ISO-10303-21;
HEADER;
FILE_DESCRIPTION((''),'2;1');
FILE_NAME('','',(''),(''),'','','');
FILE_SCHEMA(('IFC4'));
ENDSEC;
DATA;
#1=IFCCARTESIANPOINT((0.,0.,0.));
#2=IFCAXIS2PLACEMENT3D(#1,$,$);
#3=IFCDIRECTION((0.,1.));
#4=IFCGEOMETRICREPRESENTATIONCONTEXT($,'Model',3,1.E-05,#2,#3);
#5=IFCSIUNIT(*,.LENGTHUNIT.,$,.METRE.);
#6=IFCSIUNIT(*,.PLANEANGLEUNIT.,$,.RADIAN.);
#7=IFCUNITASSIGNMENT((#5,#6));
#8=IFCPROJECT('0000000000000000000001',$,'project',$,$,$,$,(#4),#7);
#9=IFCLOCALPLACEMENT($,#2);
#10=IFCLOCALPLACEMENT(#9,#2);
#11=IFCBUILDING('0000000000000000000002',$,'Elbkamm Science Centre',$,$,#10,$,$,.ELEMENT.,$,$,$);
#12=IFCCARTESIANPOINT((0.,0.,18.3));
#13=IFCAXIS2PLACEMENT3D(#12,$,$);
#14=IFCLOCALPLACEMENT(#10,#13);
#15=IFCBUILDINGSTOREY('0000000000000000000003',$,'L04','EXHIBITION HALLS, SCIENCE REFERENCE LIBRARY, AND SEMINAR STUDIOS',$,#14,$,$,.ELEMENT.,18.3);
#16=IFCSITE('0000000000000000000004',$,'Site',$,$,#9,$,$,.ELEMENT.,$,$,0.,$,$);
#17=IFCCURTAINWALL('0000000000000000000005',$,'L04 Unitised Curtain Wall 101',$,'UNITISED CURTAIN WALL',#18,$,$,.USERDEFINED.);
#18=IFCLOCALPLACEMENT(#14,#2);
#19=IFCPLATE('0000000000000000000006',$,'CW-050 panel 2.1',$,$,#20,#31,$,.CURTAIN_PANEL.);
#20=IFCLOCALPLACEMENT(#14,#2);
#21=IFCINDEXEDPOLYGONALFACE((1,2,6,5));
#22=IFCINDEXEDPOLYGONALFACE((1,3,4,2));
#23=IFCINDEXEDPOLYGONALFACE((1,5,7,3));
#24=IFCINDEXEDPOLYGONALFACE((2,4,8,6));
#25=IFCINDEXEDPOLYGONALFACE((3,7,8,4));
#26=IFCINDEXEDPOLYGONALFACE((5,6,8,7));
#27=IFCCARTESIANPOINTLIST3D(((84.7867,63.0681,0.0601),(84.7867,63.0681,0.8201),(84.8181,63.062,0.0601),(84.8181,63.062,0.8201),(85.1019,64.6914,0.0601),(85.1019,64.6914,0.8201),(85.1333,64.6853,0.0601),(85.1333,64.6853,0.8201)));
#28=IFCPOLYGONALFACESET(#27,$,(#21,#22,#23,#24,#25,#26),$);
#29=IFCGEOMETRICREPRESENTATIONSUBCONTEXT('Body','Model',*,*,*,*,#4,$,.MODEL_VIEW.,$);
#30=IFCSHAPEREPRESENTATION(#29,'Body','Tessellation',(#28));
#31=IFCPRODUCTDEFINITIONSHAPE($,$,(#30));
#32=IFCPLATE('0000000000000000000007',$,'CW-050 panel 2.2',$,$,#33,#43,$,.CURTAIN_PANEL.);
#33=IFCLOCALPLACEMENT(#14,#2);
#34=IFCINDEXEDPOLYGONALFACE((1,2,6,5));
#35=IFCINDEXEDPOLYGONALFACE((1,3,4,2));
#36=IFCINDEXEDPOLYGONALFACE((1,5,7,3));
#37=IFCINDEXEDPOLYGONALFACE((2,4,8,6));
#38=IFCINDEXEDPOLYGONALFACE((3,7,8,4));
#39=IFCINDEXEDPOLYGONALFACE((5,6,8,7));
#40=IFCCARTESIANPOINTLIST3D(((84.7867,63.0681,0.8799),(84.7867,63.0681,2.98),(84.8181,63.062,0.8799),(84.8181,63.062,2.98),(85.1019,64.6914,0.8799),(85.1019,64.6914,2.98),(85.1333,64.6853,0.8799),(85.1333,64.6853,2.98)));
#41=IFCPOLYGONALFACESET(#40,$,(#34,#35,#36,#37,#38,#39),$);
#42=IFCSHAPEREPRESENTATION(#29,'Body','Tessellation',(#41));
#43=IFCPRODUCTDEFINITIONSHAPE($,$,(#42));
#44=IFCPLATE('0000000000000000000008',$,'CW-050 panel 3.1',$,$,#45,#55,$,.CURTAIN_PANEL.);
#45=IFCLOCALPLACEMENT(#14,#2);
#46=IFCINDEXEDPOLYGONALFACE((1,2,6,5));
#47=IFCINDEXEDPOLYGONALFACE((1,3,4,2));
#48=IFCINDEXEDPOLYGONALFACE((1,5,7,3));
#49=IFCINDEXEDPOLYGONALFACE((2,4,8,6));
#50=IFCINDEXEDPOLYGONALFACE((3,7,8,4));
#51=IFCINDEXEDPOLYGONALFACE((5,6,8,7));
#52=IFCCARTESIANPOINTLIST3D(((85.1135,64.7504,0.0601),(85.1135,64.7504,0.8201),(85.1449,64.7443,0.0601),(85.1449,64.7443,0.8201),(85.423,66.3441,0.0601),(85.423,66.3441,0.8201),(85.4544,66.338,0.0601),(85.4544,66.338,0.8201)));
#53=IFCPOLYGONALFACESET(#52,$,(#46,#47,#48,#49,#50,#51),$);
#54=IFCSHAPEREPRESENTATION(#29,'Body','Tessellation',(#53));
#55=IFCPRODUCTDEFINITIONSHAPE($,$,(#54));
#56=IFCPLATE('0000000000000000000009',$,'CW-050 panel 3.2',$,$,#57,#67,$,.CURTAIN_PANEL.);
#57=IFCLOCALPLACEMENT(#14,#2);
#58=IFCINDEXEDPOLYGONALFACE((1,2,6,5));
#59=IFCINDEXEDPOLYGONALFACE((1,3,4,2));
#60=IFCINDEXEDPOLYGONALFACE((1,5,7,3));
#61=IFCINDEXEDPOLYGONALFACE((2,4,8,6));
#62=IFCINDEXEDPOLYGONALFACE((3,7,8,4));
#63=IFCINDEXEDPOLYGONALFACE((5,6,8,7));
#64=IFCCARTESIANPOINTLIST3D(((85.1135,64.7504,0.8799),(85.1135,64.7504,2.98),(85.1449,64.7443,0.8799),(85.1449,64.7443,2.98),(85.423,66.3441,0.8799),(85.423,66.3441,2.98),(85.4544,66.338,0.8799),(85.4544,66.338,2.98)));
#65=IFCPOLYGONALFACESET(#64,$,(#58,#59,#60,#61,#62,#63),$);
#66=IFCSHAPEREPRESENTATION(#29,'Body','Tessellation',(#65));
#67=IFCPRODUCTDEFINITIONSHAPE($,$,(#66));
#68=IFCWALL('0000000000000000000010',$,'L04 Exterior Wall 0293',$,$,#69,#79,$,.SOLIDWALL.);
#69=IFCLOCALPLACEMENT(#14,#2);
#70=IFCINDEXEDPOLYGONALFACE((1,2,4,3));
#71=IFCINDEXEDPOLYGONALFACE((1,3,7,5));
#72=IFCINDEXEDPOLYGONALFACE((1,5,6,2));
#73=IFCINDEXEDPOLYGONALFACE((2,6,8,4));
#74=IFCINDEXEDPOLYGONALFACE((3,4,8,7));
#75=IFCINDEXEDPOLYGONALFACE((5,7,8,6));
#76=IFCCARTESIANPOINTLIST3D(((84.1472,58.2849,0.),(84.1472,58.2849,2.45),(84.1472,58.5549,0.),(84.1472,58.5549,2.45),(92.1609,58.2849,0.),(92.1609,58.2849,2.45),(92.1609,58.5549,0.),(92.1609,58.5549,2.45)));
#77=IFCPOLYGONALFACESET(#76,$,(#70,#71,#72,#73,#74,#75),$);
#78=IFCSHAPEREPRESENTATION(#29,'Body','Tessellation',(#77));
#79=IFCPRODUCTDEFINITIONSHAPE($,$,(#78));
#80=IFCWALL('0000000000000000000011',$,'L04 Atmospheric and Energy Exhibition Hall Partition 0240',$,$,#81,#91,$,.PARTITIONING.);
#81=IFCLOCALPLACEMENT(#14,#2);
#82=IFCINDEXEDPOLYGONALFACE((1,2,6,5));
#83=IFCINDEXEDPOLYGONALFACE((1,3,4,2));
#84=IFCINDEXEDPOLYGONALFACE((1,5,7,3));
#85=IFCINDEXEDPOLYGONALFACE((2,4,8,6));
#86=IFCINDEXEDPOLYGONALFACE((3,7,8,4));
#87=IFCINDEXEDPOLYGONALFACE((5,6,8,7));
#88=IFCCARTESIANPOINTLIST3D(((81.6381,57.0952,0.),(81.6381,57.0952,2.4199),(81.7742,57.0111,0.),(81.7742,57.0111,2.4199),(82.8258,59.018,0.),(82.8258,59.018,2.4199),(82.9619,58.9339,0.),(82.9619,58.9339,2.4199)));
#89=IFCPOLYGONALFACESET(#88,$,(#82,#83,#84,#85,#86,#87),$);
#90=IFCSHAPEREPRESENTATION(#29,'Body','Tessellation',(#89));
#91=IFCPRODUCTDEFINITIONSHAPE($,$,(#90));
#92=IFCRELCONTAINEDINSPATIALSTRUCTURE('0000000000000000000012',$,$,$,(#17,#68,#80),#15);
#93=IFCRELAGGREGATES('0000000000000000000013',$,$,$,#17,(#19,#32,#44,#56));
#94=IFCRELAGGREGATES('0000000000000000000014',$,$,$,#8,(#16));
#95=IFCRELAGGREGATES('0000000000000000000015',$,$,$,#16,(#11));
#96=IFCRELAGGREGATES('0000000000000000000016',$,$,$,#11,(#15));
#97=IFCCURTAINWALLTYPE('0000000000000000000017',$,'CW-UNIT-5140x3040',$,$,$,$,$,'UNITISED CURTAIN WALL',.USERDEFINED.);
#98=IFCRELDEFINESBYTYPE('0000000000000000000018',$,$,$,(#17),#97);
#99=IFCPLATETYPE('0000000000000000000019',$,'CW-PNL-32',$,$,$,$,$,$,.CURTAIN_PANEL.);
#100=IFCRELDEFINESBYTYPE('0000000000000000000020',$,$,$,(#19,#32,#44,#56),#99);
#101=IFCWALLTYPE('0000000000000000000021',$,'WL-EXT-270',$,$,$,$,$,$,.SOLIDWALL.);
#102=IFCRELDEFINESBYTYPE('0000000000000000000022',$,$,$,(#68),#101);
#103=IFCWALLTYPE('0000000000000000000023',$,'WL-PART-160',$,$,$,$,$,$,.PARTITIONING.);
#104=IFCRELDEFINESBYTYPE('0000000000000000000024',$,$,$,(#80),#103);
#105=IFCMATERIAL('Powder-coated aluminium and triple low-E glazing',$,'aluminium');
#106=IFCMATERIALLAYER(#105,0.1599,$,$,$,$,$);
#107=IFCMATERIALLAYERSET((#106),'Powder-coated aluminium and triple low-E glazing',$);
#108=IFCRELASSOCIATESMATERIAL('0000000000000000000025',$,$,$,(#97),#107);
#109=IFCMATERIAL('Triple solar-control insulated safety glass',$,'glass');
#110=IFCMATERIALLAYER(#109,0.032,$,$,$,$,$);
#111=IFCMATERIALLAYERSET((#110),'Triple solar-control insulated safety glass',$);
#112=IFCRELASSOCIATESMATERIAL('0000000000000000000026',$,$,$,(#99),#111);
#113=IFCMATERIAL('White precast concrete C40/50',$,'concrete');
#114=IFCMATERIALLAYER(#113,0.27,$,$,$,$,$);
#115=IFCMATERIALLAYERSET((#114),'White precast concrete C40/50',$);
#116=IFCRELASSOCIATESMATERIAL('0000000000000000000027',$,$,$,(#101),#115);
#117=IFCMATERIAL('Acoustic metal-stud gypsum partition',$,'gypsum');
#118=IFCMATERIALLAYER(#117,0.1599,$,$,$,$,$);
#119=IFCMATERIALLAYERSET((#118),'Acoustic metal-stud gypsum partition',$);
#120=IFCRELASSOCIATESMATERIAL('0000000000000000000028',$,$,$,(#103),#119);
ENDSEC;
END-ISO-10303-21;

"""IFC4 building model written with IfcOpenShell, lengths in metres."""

from ifc_helpers import new_model, si_unit, direction, frame, frame_2d, origin, origin_2d, place, context, subcontext, project, spatial, rectangle, extrude, material, layer, layer_set, type_object, element, aggregate, save


model = new_model("IFC4")

# Units and contexts
model_context = context("Model", 3, precision=1e-05, world=origin(), true_north=direction((0.0, 1.0)))
body_context = subcontext(model_context, "Body", "Model", "MODEL_VIEW")
ifc_project = project(units=[si_unit("LENGTHUNIT", "METRE"), si_unit("PLANEANGLEUNIT", "RADIAN")], contexts=[model_context])

# Site, building, storey
site_placement = place(None, origin())
site = spatial("IfcSite", under=ifc_project, at=site_placement, Name="Site", CompositionType="ELEMENT", RefElevation=0.0)
building_placement = place(site_placement, origin())
building = spatial("IfcBuilding", under=site, at=building_placement, Name="Elbkamm Science Centre", CompositionType="ELEMENT")
storey_placement = place(building_placement, frame((0.0, 0.0, 18.3)))
storey = spatial("IfcBuildingStorey", under=building, at=storey_placement, Name="L04", Description="EXHIBITION HALLS, SCIENCE REFERENCE LIBRARY, AND SEMINAR STUDIOS", CompositionType="ELEMENT", Elevation=18.3)

# Curtain wall, plates
ifc_material_1 = material(Name="Powder-coated aluminium and triple low-E glazing", Category="aluminium")
ifc_layer_1 = layer(ifc_material_1, 0.1599)
ifc_layer_set_1 = layer_set([ifc_layer_1], Name="Powder-coated aluminium and triple low-E glazing")
curtain_wall_type = type_object("IfcCurtainWallType", Name="CW-UNIT-5140x3040", ElementType="UNITISED CURTAIN WALL", PredefinedType="USERDEFINED", material=ifc_layer_set_1)
curtain_wall_placement = place(storey_placement, origin())
curtain_wall = element("IfcCurtainWall", 1, at=curtain_wall_placement, inside=storey, type_object=curtain_wall_type, Name="L04 Unitised Curtain Wall 101", ObjectType="UNITISED CURTAIN WALL", PredefinedType="USERDEFINED")
ifc_material_2 = material(Name="Triple solar-control insulated safety glass", Category="glass")
ifc_layer_2 = layer(ifc_material_2, 0.032)
ifc_layer_set_2 = layer_set([ifc_layer_2], Name="Triple solar-control insulated safety glass")
plate_type = type_object("IfcPlateType", Name="CW-PNL-32", PredefinedType="CURTAIN_PANEL", material=ifc_layer_set_2)
plate_1_placement = place(storey_placement, frame((84.96, 63.8767, 0.0601), z_axis=(0.0, 0.0, 1.0), x_axis=(0.190614, 0.981665, 0.0)))
plate_1 = element("IfcPlate", 2, at=plate_1_placement, type_object=plate_type, Name="CW-050 panel 2.1", PredefinedType="CURTAIN_PANEL", context=body_context, shape_type="SweptSolid", body=[
    extrude(rectangle(XDim=1.6536, YDim=0.032, at=origin_2d()), origin(), (0.0, 0.0, 1.0), 0.76),
])
plate_2_placement = place(storey_placement, frame((84.96, 63.8767, 0.8799), z_axis=(0.0, 0.0, 1.0), x_axis=(0.190614, 0.981665, 0.0)))
plate_2 = element("IfcPlate", 3, at=plate_2_placement, type_object=plate_type, Name="CW-050 panel 2.2", PredefinedType="CURTAIN_PANEL", context=body_context, shape_type="SweptSolid", body=[
    extrude(rectangle(XDim=1.6536, YDim=0.032, at=origin_2d()), origin(), (0.0, 0.0, 1.0), 2.1001),
])
plate_3_placement = place(storey_placement, frame((85.2839, 65.5442, 0.0601), z_axis=(0.0, 0.0, 1.0), x_axis=(0.190614, 0.981665, 0.0)))
plate_3 = element("IfcPlate", 4, at=plate_3_placement, type_object=plate_type, Name="CW-050 panel 3.1", PredefinedType="CURTAIN_PANEL", context=body_context, shape_type="SweptSolid", body=[
    extrude(rectangle(XDim=1.6235, YDim=0.032, at=origin_2d()), origin(), (0.0, 0.0, 1.0), 0.76),
])
plate_4_placement = place(storey_placement, frame((85.2839, 65.5442, 0.8799), z_axis=(0.0, 0.0, 1.0), x_axis=(0.190614, 0.981665, 0.0)))
plate_4 = element("IfcPlate", 5, at=plate_4_placement, type_object=plate_type, Name="CW-050 panel 3.2", PredefinedType="CURTAIN_PANEL", context=body_context, shape_type="SweptSolid", body=[
    extrude(rectangle(XDim=1.6235, YDim=0.032, at=origin_2d()), origin(), (0.0, 0.0, 1.0), 2.1001),
])
aggregate(curtain_wall, [plate_1, plate_2, plate_3, plate_4])

# Walls
ifc_material_3 = material(Name="White precast concrete C40/50", Category="concrete")
ifc_layer_3 = layer(ifc_material_3, 0.27)
ifc_layer_set_3 = layer_set([ifc_layer_3], Name="White precast concrete C40/50")
wall_type_1 = type_object("IfcWallType", Name="WL-EXT-270", PredefinedType="SOLIDWALL", material=ifc_layer_set_3)
wall_1_placement = place(storey_placement, frame((84.1472, 58.4199, 0.0), z_axis=(0.0, 0.0, 1.0), x_axis=(1.0, 0.0, 0.0)))
element("IfcWall", 6, at=wall_1_placement, inside=storey, type_object=wall_type_1, Name="L04 Exterior Wall 0293", PredefinedType="SOLIDWALL", context=body_context, shape_type="SweptSolid", body=[
    extrude(rectangle(XDim=8.0137, YDim=0.27, at=frame_2d((4.0068, 0.0))), origin(), (0.0, 0.0, 1.0), 2.45),
])
ifc_material_4 = material(Name="Acoustic metal-stud gypsum partition", Category="gypsum")
ifc_layer_4 = layer(ifc_material_4, 0.1599)
ifc_layer_set_4 = layer_set([ifc_layer_4], Name="Acoustic metal-stud gypsum partition")
wall_type_2 = type_object("IfcWallType", Name="WL-PART-160", PredefinedType="PARTITIONING", material=ifc_layer_set_4)
wall_2_placement = place(storey_placement, frame((82.8938, 58.9758, 0.0), z_axis=(0.0, 0.0, 1.0), x_axis=(-0.525525, -0.850778, 0.0)))
element("IfcWall", 7, at=wall_2_placement, inside=storey, type_object=wall_type_2, Name="L04 Atmospheric and Energy Exhibition Hall Partition 0240", PredefinedType="PARTITIONING", context=body_context, shape_type="SweptSolid", body=[
    extrude(rectangle(XDim=2.26, YDim=0.1599, at=frame_2d((1.1299, 0.0))), origin(), (0.0, 0.0, 1.0), 2.4199),
])

save(model, "model.ifc")
